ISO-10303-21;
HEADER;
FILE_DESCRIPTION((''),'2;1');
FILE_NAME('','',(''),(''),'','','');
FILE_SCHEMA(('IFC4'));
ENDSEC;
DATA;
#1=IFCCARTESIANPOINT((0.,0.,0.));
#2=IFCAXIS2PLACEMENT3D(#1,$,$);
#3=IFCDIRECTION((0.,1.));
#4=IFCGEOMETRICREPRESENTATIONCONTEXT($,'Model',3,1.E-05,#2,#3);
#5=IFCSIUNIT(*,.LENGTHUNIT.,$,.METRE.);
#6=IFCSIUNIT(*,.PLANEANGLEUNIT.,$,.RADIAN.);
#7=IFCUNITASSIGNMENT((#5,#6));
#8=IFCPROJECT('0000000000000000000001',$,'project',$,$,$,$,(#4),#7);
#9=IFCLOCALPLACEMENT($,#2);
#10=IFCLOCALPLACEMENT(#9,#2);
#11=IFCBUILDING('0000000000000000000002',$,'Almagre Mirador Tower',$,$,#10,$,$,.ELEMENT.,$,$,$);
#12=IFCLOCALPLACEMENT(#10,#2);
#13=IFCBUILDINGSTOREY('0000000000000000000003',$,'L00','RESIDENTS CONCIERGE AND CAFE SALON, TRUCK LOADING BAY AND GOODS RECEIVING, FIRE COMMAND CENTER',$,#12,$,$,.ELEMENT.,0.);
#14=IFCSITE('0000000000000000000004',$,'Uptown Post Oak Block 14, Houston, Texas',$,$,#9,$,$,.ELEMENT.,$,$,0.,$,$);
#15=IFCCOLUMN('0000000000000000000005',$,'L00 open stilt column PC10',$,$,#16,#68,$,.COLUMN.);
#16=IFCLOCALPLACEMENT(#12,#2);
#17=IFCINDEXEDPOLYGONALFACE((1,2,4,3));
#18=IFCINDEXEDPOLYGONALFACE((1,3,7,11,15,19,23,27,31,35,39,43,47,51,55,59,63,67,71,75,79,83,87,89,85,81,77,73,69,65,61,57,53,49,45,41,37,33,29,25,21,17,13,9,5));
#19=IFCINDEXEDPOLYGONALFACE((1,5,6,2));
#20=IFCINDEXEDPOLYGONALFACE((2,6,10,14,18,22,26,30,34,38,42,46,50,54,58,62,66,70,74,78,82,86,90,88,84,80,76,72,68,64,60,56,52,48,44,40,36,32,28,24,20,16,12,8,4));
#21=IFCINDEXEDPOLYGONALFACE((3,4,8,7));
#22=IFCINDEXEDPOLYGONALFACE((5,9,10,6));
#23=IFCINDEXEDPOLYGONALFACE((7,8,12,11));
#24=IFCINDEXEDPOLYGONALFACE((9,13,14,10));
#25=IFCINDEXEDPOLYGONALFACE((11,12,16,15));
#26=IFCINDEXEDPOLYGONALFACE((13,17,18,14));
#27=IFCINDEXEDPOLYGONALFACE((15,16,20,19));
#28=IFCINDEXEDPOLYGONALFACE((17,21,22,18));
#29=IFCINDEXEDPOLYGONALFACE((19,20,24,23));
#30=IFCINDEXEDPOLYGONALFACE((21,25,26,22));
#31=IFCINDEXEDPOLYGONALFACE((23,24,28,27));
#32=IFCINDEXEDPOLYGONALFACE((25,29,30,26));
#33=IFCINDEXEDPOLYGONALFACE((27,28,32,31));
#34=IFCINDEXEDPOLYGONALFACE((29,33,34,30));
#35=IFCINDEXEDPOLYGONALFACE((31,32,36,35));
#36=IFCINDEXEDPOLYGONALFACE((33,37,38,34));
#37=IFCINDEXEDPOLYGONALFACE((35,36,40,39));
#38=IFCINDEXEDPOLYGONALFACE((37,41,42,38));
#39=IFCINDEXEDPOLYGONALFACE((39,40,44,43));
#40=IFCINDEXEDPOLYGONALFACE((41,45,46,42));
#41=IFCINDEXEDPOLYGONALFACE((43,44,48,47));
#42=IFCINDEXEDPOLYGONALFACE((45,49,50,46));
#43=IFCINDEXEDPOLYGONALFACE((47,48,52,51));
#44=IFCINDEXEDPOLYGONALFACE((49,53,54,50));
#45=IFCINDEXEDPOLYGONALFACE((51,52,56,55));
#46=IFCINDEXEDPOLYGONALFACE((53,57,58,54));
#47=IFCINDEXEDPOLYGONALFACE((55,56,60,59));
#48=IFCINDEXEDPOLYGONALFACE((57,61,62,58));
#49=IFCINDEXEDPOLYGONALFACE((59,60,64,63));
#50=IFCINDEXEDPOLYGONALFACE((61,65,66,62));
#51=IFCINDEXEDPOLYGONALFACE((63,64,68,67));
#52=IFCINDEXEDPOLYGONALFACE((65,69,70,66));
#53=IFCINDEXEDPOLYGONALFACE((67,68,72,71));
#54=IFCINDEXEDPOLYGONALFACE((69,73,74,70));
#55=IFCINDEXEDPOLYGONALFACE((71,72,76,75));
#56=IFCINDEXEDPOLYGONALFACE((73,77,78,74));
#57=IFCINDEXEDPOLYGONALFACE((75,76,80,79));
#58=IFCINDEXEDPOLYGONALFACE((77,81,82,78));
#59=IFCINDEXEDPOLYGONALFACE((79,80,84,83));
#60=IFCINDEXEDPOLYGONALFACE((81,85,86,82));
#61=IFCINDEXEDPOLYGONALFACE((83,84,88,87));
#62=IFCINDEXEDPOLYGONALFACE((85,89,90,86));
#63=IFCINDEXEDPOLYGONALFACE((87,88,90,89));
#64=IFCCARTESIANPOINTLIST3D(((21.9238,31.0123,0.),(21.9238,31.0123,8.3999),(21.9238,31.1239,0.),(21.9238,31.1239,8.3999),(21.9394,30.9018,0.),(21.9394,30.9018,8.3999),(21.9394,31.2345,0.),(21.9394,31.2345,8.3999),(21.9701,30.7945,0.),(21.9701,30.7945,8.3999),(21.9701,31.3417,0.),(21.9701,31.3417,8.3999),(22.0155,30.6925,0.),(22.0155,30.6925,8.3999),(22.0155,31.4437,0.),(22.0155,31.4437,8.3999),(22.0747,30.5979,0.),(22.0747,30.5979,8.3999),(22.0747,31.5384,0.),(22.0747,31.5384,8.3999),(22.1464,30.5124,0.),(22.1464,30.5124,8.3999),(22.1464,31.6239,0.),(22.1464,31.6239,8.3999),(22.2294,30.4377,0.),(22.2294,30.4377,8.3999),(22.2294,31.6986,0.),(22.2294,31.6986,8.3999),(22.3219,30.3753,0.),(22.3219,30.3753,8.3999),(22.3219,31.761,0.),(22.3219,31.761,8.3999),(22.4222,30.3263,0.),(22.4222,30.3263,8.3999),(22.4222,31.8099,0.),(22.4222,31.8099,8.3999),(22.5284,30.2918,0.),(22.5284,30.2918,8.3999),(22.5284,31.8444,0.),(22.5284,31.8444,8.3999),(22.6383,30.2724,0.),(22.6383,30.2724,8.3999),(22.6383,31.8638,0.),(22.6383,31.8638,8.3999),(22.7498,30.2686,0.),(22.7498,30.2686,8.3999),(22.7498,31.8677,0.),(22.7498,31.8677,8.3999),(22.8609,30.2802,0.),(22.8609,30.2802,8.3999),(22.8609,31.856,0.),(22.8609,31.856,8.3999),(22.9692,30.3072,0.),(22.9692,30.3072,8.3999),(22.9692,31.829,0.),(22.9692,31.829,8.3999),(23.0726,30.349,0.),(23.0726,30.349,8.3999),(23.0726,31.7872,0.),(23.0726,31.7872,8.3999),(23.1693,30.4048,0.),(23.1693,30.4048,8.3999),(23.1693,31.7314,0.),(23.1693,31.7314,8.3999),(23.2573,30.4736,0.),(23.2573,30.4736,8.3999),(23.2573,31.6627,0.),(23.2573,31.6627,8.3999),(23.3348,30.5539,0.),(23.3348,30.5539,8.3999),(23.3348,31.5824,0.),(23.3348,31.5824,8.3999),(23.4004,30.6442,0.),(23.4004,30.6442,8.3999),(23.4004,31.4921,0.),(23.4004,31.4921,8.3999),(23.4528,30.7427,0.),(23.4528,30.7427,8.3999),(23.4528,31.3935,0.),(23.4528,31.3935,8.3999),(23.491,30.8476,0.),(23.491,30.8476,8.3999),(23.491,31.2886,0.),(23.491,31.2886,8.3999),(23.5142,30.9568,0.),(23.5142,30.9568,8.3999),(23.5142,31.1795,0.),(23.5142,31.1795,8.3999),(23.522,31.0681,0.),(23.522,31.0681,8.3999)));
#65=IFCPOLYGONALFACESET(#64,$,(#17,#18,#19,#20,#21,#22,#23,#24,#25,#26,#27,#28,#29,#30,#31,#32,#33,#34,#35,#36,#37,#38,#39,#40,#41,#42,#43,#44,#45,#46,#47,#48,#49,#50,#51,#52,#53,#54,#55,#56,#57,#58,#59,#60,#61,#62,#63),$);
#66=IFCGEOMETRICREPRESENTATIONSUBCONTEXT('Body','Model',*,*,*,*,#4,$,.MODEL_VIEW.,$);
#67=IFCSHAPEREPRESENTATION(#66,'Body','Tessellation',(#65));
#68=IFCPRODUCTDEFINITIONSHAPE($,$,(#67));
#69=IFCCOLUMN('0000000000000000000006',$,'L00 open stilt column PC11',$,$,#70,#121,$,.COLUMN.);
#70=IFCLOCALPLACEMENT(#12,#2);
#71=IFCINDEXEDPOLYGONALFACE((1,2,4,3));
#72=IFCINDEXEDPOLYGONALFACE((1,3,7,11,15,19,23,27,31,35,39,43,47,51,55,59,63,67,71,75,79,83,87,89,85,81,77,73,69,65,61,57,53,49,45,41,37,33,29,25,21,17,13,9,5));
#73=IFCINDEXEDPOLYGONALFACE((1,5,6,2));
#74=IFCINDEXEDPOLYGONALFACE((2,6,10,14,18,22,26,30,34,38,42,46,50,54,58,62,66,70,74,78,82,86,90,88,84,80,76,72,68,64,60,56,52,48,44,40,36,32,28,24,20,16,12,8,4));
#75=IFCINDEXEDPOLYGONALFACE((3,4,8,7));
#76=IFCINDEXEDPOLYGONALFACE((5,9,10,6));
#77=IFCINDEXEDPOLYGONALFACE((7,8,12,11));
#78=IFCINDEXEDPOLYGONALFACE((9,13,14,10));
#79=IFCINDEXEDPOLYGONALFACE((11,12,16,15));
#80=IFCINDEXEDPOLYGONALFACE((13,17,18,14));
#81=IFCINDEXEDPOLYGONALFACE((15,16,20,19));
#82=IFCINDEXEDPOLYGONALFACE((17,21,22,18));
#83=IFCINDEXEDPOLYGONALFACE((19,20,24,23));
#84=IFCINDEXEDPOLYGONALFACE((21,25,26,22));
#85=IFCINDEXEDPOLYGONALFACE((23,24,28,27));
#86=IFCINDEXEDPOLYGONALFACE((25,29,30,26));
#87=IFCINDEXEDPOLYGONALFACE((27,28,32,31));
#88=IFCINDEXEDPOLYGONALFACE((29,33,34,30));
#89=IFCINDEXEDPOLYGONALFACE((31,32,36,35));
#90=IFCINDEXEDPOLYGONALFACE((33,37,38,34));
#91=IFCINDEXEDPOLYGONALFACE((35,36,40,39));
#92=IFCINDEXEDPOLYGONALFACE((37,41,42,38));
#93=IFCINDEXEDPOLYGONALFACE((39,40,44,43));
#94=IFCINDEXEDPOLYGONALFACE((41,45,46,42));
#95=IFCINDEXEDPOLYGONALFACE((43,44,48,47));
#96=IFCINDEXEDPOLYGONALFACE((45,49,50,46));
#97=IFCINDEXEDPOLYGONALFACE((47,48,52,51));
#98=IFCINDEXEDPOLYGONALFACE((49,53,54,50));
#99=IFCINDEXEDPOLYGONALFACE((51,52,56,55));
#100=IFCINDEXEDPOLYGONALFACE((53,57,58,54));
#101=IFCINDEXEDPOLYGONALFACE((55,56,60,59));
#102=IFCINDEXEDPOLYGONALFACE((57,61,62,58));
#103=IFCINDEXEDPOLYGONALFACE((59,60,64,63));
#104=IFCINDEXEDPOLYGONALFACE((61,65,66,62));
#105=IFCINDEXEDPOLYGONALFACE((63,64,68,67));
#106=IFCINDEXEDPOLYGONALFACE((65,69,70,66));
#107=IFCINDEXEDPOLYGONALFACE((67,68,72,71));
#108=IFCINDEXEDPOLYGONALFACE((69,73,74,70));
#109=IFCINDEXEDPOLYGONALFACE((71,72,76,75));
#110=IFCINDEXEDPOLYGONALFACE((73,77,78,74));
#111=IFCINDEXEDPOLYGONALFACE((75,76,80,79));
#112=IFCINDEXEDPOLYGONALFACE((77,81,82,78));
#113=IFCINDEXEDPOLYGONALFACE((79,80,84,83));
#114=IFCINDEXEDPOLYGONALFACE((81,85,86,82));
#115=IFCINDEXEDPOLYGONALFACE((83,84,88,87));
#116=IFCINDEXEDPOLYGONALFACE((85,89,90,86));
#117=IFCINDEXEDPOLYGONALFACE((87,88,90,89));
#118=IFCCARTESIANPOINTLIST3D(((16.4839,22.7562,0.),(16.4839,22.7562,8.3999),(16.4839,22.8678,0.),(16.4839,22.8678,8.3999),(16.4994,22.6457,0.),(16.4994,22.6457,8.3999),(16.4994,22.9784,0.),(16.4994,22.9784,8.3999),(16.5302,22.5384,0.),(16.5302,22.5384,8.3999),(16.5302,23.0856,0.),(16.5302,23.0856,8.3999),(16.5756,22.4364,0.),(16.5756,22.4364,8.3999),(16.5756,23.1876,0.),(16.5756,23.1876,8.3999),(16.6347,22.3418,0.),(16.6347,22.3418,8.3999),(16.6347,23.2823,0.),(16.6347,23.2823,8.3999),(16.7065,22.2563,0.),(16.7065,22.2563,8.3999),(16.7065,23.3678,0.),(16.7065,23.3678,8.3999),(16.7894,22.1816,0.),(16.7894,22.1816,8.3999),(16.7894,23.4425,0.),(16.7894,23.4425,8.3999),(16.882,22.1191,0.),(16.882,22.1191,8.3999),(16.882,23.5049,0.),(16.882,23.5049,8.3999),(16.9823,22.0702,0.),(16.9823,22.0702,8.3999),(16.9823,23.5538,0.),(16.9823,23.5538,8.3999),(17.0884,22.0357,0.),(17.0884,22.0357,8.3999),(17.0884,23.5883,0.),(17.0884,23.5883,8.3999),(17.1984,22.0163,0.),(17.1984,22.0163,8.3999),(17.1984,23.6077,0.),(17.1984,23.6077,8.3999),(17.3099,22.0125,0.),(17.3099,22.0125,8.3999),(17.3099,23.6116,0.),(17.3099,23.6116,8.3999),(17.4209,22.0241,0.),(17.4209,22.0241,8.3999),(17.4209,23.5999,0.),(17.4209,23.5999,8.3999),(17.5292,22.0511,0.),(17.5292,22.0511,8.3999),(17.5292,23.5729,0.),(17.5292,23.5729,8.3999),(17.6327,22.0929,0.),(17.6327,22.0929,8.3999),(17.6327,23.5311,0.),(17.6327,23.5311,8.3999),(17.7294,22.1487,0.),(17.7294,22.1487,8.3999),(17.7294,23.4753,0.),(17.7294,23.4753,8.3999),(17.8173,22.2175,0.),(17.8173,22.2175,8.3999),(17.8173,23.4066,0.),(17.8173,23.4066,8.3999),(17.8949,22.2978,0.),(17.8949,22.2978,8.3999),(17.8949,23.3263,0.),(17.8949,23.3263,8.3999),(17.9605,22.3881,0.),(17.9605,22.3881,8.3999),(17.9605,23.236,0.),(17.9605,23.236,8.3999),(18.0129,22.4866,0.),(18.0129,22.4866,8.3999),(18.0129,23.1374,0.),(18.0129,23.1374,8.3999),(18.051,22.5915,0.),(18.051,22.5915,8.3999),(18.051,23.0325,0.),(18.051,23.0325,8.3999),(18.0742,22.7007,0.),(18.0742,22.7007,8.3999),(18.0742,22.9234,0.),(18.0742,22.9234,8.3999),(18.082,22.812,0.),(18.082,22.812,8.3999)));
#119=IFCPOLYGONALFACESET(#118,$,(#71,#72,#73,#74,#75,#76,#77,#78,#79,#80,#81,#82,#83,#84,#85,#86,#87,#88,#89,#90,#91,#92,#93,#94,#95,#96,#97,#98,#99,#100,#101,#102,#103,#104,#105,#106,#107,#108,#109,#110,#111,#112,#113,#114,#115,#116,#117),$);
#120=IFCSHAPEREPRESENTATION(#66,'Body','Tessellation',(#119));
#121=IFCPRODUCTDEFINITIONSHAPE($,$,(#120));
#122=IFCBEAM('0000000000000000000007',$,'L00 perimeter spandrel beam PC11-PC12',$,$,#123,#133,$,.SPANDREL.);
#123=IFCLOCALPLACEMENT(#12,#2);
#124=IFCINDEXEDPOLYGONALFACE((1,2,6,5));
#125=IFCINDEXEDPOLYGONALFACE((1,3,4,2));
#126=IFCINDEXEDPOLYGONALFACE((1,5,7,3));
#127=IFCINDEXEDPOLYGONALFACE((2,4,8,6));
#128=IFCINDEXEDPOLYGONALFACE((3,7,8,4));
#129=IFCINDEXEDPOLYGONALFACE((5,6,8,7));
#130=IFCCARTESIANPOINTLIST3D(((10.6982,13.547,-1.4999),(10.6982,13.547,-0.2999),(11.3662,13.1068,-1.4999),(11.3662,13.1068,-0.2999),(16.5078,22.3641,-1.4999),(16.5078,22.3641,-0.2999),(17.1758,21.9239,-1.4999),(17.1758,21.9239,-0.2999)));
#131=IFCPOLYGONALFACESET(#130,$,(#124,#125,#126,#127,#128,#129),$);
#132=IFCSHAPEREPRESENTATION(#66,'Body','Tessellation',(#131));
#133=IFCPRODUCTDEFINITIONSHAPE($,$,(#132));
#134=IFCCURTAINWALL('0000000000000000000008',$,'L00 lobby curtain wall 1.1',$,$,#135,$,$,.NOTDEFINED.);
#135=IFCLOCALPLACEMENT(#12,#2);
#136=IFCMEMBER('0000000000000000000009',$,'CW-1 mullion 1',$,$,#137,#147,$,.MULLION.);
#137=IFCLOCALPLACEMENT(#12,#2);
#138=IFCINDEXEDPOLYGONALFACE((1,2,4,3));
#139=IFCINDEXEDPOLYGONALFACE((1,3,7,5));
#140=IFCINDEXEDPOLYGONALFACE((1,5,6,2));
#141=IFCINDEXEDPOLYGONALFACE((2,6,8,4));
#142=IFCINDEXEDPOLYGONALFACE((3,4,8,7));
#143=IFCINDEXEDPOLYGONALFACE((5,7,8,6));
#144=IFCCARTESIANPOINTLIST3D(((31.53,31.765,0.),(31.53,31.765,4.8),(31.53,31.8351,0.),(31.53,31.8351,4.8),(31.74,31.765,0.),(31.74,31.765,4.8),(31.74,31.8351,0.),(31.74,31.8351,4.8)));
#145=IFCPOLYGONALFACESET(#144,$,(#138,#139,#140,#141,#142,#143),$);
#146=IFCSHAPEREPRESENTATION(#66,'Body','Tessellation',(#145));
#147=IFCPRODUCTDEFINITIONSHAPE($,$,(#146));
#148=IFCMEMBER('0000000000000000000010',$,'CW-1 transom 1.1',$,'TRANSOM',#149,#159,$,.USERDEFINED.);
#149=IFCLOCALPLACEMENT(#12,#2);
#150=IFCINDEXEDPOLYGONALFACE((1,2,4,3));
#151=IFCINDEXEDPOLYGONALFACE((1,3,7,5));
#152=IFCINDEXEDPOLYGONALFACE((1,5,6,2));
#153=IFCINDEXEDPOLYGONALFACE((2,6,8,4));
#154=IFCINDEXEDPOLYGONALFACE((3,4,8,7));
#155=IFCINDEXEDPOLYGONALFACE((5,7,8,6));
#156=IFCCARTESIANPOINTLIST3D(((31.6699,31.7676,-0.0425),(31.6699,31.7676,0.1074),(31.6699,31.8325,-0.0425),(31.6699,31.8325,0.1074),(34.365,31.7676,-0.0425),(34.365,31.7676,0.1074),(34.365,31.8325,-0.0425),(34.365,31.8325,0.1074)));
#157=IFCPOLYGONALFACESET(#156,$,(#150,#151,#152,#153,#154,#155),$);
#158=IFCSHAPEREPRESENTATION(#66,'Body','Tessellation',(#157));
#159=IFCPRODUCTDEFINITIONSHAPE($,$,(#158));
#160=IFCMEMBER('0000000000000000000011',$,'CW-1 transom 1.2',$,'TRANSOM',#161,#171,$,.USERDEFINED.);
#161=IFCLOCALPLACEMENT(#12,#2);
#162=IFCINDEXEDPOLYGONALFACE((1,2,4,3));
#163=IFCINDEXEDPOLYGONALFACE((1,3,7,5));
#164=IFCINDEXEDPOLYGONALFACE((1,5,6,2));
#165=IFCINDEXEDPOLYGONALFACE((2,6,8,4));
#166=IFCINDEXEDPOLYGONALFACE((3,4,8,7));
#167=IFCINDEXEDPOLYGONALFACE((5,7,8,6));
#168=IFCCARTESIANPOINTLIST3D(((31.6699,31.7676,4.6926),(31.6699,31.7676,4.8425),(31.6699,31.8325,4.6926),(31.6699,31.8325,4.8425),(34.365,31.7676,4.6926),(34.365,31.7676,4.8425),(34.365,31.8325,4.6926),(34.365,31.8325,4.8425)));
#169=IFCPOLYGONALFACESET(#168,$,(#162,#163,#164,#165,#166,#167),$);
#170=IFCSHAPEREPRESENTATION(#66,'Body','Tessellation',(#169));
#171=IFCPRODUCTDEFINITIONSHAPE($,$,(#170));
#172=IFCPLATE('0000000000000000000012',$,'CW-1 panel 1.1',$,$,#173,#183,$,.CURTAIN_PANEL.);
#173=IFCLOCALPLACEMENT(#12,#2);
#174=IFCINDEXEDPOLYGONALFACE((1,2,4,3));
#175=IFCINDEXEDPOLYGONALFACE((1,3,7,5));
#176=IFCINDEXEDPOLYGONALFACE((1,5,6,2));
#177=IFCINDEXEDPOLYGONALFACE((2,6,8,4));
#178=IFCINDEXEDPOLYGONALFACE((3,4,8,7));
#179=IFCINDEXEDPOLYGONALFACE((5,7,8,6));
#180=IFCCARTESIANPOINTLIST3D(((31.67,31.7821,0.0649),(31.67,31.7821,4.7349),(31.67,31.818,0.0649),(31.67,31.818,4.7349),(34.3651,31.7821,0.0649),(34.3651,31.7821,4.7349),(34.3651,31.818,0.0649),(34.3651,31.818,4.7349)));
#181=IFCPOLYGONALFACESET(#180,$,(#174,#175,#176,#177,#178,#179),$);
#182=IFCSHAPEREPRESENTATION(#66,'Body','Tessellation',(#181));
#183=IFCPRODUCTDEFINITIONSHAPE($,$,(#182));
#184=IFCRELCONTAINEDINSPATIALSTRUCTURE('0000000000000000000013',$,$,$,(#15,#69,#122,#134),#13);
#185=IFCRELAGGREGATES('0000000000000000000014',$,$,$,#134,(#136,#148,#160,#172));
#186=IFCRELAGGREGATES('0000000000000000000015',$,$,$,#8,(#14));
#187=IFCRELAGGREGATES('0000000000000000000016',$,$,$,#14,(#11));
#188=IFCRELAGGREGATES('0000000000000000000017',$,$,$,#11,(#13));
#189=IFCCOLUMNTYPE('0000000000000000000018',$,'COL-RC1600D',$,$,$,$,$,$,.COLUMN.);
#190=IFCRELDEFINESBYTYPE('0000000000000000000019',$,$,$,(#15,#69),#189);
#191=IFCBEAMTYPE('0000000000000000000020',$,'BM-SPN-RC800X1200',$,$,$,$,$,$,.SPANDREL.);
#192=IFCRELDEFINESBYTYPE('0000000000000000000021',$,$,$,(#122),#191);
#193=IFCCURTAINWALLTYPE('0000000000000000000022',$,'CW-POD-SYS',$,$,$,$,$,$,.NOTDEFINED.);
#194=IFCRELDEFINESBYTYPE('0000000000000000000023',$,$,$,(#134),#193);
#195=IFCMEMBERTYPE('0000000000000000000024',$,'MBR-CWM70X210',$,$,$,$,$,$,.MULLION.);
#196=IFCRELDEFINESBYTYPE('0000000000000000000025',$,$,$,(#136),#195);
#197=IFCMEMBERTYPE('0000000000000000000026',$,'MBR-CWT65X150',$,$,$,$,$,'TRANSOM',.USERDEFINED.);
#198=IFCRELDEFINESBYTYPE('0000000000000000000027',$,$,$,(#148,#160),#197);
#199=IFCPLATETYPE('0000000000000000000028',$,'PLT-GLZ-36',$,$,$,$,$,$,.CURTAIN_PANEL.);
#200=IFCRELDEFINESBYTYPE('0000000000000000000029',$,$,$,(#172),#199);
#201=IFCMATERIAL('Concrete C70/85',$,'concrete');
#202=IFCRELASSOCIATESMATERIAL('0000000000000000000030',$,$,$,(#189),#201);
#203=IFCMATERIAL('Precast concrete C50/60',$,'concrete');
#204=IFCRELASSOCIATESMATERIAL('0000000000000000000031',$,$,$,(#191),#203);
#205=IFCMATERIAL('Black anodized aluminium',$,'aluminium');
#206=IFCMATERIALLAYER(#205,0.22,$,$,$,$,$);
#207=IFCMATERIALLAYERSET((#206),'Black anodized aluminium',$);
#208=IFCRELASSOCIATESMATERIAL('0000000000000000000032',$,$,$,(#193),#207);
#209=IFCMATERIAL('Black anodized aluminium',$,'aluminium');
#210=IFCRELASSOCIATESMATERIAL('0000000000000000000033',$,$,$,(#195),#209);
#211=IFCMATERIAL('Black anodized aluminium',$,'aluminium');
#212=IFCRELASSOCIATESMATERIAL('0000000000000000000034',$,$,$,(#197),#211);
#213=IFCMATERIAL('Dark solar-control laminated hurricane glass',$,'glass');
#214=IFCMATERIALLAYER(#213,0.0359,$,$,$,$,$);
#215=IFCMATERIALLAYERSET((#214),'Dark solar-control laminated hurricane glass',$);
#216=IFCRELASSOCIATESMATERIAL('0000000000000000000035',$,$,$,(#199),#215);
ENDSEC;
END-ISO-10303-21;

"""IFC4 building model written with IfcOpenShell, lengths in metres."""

from ifc_helpers import new_model, si_unit, direction, frame, origin, origin_2d, place, context, subcontext, project, spatial, rectangle, circle, extrude, material, layer, layer_set, material_profile, profile_set, type_object, element, aggregate, save


model = new_model("IFC4")

# Units and contexts
model_context = context("Model", 3, precision=1e-05, world=origin(), true_north=direction((0.0, 1.0)))
body_context = subcontext(model_context, "Body", "Model", "MODEL_VIEW")
ifc_project = project(units=[si_unit("LENGTHUNIT", "METRE"), si_unit("PLANEANGLEUNIT", "RADIAN")], contexts=[model_context])

# Site, building, storey
site_placement = place(None, origin())
site = spatial("IfcSite", under=ifc_project, at=site_placement, Name="Uptown Post Oak Block 14, Houston, Texas", CompositionType="ELEMENT", RefElevation=0.0)
building_placement = place(site_placement, origin())
building = spatial("IfcBuilding", under=site, at=building_placement, Name="Almagre Mirador Tower", CompositionType="ELEMENT")
storey_placement = place(building_placement, origin())
storey = spatial("IfcBuildingStorey", under=building, at=storey_placement, Name="L00", Description="RESIDENTS CONCIERGE AND CAFE SALON, TRUCK LOADING BAY AND GOODS RECEIVING, FIRE COMMAND CENTER", CompositionType="ELEMENT", Elevation=0.0)

# Columns
ifc_material_1 = material(Name="Concrete C70/85", Category="concrete")
ifc_material_profile_1 = material_profile(ifc_material_1, circle(Radius=0.8, at=origin_2d()), Name="RC1600D")
ifc_profile_set_1 = profile_set([ifc_material_profile_1], Name="Concrete C70/85")
column_type = type_object("IfcColumnType", Name="COL-RC1600D", PredefinedType="COLUMN", material=ifc_profile_set_1)
for number, where, z_axis, x_axis, name in (
    (1, (22.7219, 31.0681, 0.0), (0.0, 0.0, 1.0), (1.0, 0.0, 0.0), "L00 open stilt column PC10"),
    (2, (17.282, 22.812, 0.0), (0.0, 0.0, 1.0), (1.0, 0.0, 0.0), "L00 open stilt column PC11"),
):
    element("IfcColumn", number, at=place(storey_placement, frame(where, z_axis=z_axis, x_axis=x_axis)), inside=storey, type_object=column_type, Name=name, PredefinedType="COLUMN", context=body_context, shape_type="SweptSolid", body=[
        extrude(circle(Radius=0.8, at=origin_2d()), origin(), (0.0, 0.0, 1.0), 8.3999),
    ])

# Beam
ifc_material_2 = material(Name="Precast concrete C50/60", Category="concrete")
ifc_material_profile_2 = material_profile(ifc_material_2, rectangle(XDim=0.8, YDim=1.2, at=origin_2d()), Name="RC800X1200")
ifc_profile_set_2 = profile_set([ifc_material_profile_2], Name="Precast concrete C50/60")
beam_type = type_object("IfcBeamType", Name="BM-SPN-RC800X1200", PredefinedType="SPANDREL", material=ifc_profile_set_2)
beam_placement = place(storey_placement, frame((16.8418, 22.144, -0.8999), z_axis=(-0.550199, -0.835033, 0.0), x_axis=(0.835033, -0.550199, 0.0)))
element("IfcBeam", 3, at=beam_placement, inside=storey, type_object=beam_type, Name="L00 perimeter spandrel beam PC11-PC12", PredefinedType="SPANDREL", context=body_context, shape_type="SweptSolid", body=[
    extrude(rectangle(XDim=0.8, YDim=1.2, at=origin_2d()), origin(), (0.0, 0.0, 1.0), 10.5591),
])

# Curtain wall, members, plate
ifc_material_3 = material(Name="Black anodized aluminium", Category="aluminium")
ifc_layer_1 = layer(ifc_material_3, 0.22)
ifc_layer_set_1 = layer_set([ifc_layer_1], Name="Black anodized aluminium")
curtain_wall_type = type_object("IfcCurtainWallType", Name="CW-POD-SYS", PredefinedType="NOTDEFINED", material=ifc_layer_set_1)
curtain_wall_placement = place(storey_placement, origin())
curtain_wall = element("IfcCurtainWall", 4, at=curtain_wall_placement, inside=storey, type_object=curtain_wall_type, Name="L00 lobby curtain wall 1.1", PredefinedType="NOTDEFINED")
ifc_material_4 = material(Name="Black anodized aluminium", Category="aluminium")
ifc_material_profile_3 = material_profile(ifc_material_4, rectangle(XDim=0.0701, YDim=0.21, at=origin_2d()), Name="CWM70X210")
ifc_profile_set_3 = profile_set([ifc_material_profile_3], Name="Black anodized aluminium")
member_type_1 = type_object("IfcMemberType", Name="MBR-CWM70X210", PredefinedType="MULLION", material=ifc_profile_set_3)
member_1_placement = place(storey_placement, frame((31.635, 31.8, 0.0), z_axis=(0.0, 0.0, 1.0), x_axis=(0.0, 1.0, 0.0)))
member_1 = element("IfcMember", 5, at=member_1_placement, type_object=member_type_1, Name="CW-1 mullion 1", PredefinedType="MULLION", context=body_context, shape_type="SweptSolid", body=[
    extrude(rectangle(XDim=0.0701, YDim=0.21, at=origin_2d()), origin(), (0.0, 0.0, 1.0), 4.8),
])
ifc_material_5 = material(Name="Black anodized aluminium", Category="aluminium")
ifc_material_profile_4 = material_profile(ifc_material_5, rectangle(XDim=0.0649, YDim=0.1499, at=origin_2d()), Name="CWT65X150")
ifc_profile_set_4 = profile_set([ifc_material_profile_4], Name="Black anodized aluminium")
member_type_2 = type_object("IfcMemberType", Name="MBR-CWT65X150", ElementType="TRANSOM", PredefinedType="USERDEFINED", material=ifc_profile_set_4)
member_2_placement = place(storey_placement, frame((31.6699, 31.8, 0.0325), z_axis=(1.0, 0.0, 0.0), x_axis=(0.0, 1.0, 0.0)))
member_2 = element("IfcMember", 6, at=member_2_placement, type_object=member_type_2, Name="CW-1 transom 1.1", ObjectType="TRANSOM", PredefinedType="USERDEFINED", context=body_context, shape_type="SweptSolid", body=[
    extrude(rectangle(XDim=0.0649, YDim=0.1499, at=origin_2d()), origin(), (0.0, 0.0, 1.0), 2.6951),
])
member_3_placement = place(storey_placement, frame((31.6699, 31.8, 4.7676), z_axis=(1.0, 0.0, 0.0), x_axis=(0.0, 1.0, 0.0)))
member_3 = element("IfcMember", 7, at=member_3_placement, type_object=member_type_2, Name="CW-1 transom 1.2", ObjectType="TRANSOM", PredefinedType="USERDEFINED", context=body_context, shape_type="SweptSolid", body=[
    extrude(rectangle(XDim=0.0649, YDim=0.1499, at=origin_2d()), origin(), (0.0, 0.0, 1.0), 2.6951),
])
ifc_material_6 = material(Name="Dark solar-control laminated hurricane glass", Category="glass")
ifc_layer_2 = layer(ifc_material_6, 0.0359)
ifc_layer_set_2 = layer_set([ifc_layer_2], Name="Dark solar-control laminated hurricane glass")
plate_type = type_object("IfcPlateType", Name="PLT-GLZ-36", PredefinedType="CURTAIN_PANEL", material=ifc_layer_set_2)
plate_placement = place(storey_placement, frame((33.0176, 31.8, 0.0649), z_axis=(0.0, 0.0, 1.0), x_axis=(1.0, 0.0, 0.0)))
plate = element("IfcPlate", 8, at=plate_placement, type_object=plate_type, Name="CW-1 panel 1.1", PredefinedType="CURTAIN_PANEL", context=body_context, shape_type="SweptSolid", body=[
    extrude(rectangle(XDim=2.6951, YDim=0.0359, at=origin_2d()), origin(), (0.0, 0.0, 1.0), 4.6699),
])
aggregate(curtain_wall, [member_1, member_2, member_3, plate])

save(model, "model.ifc")
